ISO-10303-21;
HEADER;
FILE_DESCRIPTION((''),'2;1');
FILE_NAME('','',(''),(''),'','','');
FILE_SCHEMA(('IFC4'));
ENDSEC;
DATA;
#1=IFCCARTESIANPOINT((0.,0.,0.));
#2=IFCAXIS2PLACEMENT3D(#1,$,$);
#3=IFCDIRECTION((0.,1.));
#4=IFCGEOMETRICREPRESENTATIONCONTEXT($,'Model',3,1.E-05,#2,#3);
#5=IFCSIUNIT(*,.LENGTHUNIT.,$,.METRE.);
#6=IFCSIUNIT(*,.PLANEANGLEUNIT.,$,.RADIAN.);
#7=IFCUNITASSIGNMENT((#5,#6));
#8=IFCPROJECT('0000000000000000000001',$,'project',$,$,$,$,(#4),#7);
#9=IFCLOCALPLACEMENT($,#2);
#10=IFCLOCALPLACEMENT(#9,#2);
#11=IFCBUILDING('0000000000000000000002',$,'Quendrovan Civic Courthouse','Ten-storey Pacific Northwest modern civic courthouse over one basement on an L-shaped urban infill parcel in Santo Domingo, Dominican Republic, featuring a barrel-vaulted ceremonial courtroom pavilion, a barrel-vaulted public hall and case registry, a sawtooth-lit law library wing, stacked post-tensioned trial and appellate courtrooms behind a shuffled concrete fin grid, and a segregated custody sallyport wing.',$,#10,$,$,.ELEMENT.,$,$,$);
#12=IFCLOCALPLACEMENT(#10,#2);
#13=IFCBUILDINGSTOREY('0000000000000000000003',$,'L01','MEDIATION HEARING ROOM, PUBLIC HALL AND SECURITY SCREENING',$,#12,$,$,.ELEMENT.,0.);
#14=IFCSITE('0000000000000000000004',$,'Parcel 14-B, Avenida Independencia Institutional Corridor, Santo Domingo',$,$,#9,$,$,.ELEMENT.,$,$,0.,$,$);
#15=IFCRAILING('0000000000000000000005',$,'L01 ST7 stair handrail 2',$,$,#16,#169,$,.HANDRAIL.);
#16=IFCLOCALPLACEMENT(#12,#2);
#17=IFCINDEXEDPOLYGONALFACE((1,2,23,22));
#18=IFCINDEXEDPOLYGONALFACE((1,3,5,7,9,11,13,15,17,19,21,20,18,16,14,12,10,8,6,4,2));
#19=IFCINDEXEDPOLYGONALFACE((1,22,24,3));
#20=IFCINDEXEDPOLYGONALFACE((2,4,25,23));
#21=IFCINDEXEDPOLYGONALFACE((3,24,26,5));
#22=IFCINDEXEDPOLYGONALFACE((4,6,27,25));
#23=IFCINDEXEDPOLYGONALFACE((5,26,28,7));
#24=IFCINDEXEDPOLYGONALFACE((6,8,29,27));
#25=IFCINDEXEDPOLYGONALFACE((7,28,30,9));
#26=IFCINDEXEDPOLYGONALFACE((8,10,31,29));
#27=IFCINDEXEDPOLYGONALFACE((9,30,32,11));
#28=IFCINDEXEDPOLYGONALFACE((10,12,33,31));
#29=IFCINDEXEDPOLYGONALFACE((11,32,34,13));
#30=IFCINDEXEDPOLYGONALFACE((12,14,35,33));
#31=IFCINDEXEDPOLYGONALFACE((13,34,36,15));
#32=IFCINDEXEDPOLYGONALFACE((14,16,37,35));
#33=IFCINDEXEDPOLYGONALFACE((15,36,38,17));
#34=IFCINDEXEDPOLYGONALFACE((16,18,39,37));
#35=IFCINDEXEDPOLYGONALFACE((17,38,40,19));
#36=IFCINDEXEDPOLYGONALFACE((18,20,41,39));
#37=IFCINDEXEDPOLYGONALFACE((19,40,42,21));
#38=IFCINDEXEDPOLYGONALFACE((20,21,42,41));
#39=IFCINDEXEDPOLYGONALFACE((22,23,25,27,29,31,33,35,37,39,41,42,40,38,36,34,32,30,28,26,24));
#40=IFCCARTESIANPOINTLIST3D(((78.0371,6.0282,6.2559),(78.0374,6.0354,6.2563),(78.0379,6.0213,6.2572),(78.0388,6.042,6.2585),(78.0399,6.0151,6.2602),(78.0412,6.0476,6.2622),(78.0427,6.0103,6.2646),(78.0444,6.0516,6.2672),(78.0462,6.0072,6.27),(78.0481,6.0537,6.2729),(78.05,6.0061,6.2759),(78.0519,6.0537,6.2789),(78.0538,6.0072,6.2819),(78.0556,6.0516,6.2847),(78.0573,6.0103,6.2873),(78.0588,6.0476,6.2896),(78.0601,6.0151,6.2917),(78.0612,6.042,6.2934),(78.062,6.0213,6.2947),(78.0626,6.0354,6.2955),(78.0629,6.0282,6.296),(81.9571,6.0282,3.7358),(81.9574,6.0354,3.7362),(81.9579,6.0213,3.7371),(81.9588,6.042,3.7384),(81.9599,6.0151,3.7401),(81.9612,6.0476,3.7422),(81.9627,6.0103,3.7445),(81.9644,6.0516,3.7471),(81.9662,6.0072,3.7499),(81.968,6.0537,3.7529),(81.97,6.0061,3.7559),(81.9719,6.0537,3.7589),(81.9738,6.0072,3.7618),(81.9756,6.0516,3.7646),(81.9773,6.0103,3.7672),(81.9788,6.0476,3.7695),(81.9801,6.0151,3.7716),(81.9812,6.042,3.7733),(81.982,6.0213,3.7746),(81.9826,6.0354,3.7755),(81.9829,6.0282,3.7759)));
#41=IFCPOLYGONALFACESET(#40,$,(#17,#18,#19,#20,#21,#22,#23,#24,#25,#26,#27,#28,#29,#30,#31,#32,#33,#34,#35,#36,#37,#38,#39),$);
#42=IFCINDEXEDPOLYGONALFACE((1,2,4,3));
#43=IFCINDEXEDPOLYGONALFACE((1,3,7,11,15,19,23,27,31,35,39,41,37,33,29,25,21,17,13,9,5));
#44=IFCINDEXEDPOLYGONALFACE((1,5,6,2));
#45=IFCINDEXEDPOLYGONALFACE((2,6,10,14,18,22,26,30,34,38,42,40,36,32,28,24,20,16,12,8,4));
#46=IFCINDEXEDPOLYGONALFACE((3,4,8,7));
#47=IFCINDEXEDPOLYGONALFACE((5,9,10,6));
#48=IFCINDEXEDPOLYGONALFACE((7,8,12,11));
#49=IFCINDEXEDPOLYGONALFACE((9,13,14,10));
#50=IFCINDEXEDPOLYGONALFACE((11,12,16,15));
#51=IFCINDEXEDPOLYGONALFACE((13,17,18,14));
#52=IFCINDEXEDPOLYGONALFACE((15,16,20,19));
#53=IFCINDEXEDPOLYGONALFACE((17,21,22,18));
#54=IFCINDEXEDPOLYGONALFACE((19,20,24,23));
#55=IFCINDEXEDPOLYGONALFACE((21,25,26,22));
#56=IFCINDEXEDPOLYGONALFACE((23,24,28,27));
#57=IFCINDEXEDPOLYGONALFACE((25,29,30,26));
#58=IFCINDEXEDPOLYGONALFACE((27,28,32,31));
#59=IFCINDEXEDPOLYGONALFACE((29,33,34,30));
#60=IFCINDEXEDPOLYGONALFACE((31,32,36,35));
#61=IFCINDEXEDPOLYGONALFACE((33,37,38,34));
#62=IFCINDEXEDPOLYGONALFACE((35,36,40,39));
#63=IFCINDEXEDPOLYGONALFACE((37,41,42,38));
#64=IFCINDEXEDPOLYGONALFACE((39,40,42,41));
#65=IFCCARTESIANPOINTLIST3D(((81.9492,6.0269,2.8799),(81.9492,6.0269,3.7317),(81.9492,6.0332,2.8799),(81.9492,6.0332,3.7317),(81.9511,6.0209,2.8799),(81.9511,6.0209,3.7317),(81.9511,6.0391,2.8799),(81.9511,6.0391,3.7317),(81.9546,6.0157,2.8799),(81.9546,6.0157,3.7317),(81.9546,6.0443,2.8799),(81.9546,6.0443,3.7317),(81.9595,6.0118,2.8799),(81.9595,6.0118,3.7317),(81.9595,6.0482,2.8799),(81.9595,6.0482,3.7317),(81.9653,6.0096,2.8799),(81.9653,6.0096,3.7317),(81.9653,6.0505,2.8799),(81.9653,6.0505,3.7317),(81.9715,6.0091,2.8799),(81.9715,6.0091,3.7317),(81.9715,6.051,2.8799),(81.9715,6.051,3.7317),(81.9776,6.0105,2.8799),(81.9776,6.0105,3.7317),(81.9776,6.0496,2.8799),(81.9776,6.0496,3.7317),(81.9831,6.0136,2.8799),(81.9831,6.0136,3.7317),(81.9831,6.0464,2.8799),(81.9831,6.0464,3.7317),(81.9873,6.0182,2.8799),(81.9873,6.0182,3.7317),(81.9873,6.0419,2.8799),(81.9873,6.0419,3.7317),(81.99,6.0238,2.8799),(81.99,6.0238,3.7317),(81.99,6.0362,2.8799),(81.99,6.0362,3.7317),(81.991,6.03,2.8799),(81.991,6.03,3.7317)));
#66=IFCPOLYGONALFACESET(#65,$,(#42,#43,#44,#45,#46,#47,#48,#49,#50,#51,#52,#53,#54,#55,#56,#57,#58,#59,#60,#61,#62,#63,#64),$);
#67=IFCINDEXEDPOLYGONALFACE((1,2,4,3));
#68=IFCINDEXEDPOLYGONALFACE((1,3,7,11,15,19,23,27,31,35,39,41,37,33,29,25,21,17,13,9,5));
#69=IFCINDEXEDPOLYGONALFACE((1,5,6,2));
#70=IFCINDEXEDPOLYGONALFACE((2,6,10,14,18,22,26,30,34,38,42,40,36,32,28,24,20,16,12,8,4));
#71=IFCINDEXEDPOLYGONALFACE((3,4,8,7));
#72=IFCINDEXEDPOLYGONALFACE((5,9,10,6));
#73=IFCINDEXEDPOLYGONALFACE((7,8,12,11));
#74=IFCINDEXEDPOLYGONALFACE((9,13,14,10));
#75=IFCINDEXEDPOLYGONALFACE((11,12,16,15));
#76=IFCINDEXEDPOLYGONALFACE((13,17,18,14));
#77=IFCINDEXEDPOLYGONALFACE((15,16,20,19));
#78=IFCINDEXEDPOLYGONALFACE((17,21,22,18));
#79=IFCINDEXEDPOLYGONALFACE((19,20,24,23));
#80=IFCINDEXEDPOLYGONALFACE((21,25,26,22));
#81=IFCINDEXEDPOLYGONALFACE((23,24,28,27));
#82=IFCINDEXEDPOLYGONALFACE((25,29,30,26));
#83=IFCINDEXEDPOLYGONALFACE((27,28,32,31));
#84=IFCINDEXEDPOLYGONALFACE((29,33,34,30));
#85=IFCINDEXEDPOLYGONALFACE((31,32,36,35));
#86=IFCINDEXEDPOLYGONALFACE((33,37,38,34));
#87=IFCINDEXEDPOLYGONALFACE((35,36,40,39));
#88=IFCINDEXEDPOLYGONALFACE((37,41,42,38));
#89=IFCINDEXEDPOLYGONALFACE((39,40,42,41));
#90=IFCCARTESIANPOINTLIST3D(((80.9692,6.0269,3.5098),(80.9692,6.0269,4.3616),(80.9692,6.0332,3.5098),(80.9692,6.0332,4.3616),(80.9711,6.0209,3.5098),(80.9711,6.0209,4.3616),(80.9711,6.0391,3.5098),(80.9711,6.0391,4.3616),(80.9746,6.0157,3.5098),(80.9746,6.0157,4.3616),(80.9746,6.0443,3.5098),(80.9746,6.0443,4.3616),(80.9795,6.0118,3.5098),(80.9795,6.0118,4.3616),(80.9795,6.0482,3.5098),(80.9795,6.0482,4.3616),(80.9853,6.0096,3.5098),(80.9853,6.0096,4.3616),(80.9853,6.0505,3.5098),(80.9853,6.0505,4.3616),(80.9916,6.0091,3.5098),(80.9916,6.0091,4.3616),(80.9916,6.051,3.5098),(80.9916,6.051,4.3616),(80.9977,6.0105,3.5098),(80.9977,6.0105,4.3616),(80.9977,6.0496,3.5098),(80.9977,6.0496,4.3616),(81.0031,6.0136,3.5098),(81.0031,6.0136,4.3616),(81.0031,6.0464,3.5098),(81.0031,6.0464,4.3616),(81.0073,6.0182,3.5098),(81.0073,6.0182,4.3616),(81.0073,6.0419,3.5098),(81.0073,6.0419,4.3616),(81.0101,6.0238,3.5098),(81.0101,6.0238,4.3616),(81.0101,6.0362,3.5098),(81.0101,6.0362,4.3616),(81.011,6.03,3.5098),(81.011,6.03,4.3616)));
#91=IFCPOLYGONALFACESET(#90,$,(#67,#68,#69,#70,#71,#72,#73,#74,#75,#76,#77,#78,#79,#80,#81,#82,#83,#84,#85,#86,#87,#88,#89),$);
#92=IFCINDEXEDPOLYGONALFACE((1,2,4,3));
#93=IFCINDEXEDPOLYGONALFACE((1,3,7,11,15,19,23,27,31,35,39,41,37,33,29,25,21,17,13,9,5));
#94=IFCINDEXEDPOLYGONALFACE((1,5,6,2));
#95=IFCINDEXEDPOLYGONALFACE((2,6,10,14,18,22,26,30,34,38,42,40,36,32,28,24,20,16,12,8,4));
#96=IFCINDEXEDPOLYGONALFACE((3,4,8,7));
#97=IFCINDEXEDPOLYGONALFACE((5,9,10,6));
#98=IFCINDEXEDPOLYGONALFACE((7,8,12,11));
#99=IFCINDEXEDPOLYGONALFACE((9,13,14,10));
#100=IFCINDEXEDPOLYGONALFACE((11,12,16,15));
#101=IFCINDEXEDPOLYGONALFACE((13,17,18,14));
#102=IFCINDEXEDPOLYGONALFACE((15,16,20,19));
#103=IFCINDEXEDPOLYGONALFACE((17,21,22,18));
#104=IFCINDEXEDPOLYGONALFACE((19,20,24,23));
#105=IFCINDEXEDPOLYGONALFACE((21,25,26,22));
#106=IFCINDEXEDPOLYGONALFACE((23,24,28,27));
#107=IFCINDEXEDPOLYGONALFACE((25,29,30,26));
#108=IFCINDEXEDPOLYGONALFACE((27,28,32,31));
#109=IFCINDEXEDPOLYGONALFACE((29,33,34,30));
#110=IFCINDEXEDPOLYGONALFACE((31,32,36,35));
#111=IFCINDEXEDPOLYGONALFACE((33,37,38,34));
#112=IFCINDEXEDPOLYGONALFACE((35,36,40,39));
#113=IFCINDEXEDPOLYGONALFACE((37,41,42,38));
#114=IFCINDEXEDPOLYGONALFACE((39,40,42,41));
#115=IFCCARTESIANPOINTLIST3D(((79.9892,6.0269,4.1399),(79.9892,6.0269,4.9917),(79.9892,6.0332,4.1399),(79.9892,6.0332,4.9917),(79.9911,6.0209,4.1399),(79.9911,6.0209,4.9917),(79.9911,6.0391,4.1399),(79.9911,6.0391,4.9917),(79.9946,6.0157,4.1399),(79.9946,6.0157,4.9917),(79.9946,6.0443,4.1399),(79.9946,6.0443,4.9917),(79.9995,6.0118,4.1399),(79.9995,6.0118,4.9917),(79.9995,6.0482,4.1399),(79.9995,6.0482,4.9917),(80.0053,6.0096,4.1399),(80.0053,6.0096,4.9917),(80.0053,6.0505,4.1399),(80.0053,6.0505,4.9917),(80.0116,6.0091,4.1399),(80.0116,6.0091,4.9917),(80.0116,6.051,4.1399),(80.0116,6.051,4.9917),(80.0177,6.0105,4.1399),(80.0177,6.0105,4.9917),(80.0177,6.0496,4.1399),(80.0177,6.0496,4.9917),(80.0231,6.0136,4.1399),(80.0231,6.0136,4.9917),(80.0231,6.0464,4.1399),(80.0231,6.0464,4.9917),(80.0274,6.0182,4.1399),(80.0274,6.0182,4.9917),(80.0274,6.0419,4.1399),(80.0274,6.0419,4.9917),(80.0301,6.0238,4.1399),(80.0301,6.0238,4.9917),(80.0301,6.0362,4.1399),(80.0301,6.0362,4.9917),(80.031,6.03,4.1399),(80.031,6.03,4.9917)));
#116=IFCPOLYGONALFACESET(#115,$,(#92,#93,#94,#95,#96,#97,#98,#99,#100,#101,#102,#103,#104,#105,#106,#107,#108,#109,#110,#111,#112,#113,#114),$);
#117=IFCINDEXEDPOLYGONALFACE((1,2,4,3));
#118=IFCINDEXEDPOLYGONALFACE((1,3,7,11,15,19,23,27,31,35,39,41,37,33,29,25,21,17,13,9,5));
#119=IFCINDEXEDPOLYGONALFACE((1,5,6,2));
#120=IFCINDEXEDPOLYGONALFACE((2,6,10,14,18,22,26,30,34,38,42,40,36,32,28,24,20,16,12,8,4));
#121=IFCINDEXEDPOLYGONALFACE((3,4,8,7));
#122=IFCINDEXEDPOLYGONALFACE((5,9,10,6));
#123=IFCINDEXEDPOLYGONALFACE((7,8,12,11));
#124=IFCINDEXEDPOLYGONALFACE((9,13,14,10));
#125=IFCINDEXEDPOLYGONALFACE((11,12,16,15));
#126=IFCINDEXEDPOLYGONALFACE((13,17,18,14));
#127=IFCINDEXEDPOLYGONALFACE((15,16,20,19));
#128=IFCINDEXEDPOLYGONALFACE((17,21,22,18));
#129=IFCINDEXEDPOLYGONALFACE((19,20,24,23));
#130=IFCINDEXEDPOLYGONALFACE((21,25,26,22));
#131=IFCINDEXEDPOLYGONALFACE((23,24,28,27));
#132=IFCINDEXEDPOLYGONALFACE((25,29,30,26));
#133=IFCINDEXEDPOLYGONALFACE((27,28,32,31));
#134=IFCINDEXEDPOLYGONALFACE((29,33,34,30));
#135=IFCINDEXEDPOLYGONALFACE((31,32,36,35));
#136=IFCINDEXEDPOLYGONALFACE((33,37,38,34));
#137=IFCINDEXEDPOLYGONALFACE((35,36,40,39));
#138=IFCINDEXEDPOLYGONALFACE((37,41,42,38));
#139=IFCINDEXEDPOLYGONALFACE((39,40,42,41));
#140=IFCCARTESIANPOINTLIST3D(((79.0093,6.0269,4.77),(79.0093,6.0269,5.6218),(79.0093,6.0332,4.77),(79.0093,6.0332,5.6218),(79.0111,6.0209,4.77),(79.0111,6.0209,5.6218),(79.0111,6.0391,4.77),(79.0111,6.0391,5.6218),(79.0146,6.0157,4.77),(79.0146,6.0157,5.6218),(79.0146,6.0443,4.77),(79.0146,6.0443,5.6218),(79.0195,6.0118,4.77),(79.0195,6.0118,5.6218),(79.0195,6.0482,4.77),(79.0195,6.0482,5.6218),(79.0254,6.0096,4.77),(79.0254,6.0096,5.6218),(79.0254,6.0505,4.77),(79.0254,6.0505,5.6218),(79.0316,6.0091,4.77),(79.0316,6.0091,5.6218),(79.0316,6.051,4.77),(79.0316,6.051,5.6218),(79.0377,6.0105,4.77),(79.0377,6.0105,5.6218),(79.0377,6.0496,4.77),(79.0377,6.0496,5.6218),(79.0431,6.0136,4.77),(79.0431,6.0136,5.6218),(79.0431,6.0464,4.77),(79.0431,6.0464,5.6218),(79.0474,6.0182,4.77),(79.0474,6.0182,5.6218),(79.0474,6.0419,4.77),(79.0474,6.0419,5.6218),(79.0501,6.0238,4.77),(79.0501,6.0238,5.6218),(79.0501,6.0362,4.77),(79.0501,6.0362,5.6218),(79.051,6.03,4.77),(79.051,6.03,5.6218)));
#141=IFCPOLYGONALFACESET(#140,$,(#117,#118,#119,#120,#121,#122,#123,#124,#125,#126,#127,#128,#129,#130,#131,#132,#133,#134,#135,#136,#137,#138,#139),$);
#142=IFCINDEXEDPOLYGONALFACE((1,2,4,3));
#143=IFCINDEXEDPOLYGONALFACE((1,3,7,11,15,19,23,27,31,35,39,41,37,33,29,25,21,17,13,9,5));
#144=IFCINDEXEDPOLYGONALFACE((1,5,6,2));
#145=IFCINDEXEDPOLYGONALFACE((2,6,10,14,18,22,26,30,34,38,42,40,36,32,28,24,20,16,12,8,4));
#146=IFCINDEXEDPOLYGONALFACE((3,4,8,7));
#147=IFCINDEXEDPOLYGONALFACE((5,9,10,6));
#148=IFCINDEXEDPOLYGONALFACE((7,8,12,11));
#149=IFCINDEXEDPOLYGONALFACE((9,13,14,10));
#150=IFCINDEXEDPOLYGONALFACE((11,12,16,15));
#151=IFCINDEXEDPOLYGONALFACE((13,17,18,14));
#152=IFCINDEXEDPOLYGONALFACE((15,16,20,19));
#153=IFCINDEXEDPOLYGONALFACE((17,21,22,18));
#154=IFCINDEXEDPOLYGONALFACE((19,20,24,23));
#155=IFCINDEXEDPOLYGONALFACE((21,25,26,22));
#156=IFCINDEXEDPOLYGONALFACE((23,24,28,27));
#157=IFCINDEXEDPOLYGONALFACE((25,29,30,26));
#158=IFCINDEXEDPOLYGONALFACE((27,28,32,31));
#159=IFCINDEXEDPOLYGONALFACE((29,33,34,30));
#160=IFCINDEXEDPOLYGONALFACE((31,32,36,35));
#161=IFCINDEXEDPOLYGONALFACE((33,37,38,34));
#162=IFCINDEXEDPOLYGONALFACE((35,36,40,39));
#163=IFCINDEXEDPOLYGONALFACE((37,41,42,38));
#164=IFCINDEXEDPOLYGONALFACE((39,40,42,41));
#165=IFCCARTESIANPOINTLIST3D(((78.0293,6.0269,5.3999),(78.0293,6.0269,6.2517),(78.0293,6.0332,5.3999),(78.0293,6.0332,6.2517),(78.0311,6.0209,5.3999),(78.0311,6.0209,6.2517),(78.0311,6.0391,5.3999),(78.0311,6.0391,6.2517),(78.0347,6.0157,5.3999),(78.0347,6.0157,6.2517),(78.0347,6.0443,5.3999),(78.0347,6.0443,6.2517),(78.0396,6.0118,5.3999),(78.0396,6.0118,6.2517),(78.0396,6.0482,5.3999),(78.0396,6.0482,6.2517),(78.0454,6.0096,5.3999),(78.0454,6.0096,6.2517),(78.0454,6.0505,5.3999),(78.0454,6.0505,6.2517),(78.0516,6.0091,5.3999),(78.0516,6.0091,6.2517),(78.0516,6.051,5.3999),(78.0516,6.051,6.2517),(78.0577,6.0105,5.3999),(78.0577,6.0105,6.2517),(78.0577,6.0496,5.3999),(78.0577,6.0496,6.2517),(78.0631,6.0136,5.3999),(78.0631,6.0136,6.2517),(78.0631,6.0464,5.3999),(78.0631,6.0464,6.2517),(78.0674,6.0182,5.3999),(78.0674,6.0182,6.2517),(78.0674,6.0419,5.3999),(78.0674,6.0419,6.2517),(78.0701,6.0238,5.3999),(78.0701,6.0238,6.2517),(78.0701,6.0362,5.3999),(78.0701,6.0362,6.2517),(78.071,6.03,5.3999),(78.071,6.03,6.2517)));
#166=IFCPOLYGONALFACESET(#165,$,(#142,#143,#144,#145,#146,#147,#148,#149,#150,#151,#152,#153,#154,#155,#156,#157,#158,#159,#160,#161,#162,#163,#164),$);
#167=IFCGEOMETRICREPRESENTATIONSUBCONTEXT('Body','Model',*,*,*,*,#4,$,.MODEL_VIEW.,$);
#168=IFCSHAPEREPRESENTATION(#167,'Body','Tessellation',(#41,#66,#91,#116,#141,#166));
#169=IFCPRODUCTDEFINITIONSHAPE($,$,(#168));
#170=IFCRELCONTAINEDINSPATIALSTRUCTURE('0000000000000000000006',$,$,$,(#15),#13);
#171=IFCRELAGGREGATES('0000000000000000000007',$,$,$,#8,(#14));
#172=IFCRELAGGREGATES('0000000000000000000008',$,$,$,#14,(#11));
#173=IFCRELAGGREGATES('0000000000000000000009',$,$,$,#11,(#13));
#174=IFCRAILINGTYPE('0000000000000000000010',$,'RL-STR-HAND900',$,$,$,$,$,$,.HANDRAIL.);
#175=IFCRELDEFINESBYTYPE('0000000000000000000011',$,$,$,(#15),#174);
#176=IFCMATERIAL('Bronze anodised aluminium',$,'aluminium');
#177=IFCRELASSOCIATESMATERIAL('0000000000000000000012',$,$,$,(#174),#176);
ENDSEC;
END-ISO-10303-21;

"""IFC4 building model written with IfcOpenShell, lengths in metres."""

from ifc_helpers import new_model, si_unit, direction, frame, origin, origin_2d, place, context, subcontext, project, spatial, circle, extrude, material, type_object, element, save


model = new_model("IFC4")

# Units and contexts
model_context = context("Model", 3, precision=1e-05, world=origin(), true_north=direction((0.0, 1.0)))
body_context = subcontext(model_context, "Body", "Model", "MODEL_VIEW")
ifc_project = project(units=[si_unit("LENGTHUNIT", "METRE"), si_unit("PLANEANGLEUNIT", "RADIAN")], contexts=[model_context])

# Site, building, storey
site_placement = place(None, origin())
site = spatial("IfcSite", under=ifc_project, at=site_placement, Name="Parcel 14-B, Avenida Independencia Institutional Corridor, Santo Domingo", CompositionType="ELEMENT", RefElevation=0.0)
building_placement = place(site_placement, origin())
building = spatial("IfcBuilding", under=site, at=building_placement, Name="Quendrovan Civic Courthouse", Description="Ten-storey Pacific Northwest modern civic courthouse over one basement on an L-shaped urban infill parcel in Santo Domingo, Dominican Republic, featuring a barrel-vaulted ceremonial courtroom pavilion, a barrel-vaulted public hall and case registry, a sawtooth-lit law library wing, stacked post-tensioned trial and appellate courtrooms behind a shuffled concrete fin grid, and a segregated custody sallyport wing.", CompositionType="ELEMENT")
storey_placement = place(building_placement, origin())
storey = spatial("IfcBuildingStorey", under=building, at=storey_placement, Name="L01", Description="MEDIATION HEARING ROOM, PUBLIC HALL AND SECURITY SCREENING", CompositionType="ELEMENT", Elevation=0.0)

# Shared definitions
ifc_material_1 = material(Name="Bronze anodised aluminium", Category="aluminium")

# Railing
railing_type_1 = type_object("IfcRailingType", Name="RL-STR-HAND900", PredefinedType="HANDRAIL", material=ifc_material_1)
railing_1_placement = place(storey_placement, frame((81.97, 6.03, 2.8799)))
element("IfcRailing", 1, at=railing_1_placement, inside=storey, type_object=railing_type_1, Name="L01 ST7 stair handrail 2", PredefinedType="HANDRAIL", context=body_context, shape_type="SweptSolid", body=[
    extrude(circle(Radius=0.0239, at=origin_2d()), frame((0.0, 0.0, 0.876), z_axis=(-0.841172, 0.0, 0.540768), x_axis=(0.0, -1.0, 0.0)), (0.0, 0.0, 1.0), 4.6602),
    extrude(circle(Radius=0.021, at=origin_2d()), origin(), (0.0, 0.0, 1.0), 0.8518),
    extrude(circle(Radius=0.021, at=origin_2d()), frame((-0.98, 0.0, 0.6299)), (0.0, 0.0, 1.0), 0.8518),
    extrude(circle(Radius=0.021, at=origin_2d()), frame((-1.96, 0.0, 1.26)), (0.0, 0.0, 1.0), 0.8518),
    extrude(circle(Radius=0.021, at=origin_2d()), frame((-2.9399, 0.0, 1.8901)), (0.0, 0.0, 1.0), 0.8518),
    extrude(circle(Radius=0.021, at=origin_2d()), frame((-3.9199, 0.0, 2.52)), (0.0, 0.0, 1.0), 0.8518),
])

save(model, "model.ifc")
